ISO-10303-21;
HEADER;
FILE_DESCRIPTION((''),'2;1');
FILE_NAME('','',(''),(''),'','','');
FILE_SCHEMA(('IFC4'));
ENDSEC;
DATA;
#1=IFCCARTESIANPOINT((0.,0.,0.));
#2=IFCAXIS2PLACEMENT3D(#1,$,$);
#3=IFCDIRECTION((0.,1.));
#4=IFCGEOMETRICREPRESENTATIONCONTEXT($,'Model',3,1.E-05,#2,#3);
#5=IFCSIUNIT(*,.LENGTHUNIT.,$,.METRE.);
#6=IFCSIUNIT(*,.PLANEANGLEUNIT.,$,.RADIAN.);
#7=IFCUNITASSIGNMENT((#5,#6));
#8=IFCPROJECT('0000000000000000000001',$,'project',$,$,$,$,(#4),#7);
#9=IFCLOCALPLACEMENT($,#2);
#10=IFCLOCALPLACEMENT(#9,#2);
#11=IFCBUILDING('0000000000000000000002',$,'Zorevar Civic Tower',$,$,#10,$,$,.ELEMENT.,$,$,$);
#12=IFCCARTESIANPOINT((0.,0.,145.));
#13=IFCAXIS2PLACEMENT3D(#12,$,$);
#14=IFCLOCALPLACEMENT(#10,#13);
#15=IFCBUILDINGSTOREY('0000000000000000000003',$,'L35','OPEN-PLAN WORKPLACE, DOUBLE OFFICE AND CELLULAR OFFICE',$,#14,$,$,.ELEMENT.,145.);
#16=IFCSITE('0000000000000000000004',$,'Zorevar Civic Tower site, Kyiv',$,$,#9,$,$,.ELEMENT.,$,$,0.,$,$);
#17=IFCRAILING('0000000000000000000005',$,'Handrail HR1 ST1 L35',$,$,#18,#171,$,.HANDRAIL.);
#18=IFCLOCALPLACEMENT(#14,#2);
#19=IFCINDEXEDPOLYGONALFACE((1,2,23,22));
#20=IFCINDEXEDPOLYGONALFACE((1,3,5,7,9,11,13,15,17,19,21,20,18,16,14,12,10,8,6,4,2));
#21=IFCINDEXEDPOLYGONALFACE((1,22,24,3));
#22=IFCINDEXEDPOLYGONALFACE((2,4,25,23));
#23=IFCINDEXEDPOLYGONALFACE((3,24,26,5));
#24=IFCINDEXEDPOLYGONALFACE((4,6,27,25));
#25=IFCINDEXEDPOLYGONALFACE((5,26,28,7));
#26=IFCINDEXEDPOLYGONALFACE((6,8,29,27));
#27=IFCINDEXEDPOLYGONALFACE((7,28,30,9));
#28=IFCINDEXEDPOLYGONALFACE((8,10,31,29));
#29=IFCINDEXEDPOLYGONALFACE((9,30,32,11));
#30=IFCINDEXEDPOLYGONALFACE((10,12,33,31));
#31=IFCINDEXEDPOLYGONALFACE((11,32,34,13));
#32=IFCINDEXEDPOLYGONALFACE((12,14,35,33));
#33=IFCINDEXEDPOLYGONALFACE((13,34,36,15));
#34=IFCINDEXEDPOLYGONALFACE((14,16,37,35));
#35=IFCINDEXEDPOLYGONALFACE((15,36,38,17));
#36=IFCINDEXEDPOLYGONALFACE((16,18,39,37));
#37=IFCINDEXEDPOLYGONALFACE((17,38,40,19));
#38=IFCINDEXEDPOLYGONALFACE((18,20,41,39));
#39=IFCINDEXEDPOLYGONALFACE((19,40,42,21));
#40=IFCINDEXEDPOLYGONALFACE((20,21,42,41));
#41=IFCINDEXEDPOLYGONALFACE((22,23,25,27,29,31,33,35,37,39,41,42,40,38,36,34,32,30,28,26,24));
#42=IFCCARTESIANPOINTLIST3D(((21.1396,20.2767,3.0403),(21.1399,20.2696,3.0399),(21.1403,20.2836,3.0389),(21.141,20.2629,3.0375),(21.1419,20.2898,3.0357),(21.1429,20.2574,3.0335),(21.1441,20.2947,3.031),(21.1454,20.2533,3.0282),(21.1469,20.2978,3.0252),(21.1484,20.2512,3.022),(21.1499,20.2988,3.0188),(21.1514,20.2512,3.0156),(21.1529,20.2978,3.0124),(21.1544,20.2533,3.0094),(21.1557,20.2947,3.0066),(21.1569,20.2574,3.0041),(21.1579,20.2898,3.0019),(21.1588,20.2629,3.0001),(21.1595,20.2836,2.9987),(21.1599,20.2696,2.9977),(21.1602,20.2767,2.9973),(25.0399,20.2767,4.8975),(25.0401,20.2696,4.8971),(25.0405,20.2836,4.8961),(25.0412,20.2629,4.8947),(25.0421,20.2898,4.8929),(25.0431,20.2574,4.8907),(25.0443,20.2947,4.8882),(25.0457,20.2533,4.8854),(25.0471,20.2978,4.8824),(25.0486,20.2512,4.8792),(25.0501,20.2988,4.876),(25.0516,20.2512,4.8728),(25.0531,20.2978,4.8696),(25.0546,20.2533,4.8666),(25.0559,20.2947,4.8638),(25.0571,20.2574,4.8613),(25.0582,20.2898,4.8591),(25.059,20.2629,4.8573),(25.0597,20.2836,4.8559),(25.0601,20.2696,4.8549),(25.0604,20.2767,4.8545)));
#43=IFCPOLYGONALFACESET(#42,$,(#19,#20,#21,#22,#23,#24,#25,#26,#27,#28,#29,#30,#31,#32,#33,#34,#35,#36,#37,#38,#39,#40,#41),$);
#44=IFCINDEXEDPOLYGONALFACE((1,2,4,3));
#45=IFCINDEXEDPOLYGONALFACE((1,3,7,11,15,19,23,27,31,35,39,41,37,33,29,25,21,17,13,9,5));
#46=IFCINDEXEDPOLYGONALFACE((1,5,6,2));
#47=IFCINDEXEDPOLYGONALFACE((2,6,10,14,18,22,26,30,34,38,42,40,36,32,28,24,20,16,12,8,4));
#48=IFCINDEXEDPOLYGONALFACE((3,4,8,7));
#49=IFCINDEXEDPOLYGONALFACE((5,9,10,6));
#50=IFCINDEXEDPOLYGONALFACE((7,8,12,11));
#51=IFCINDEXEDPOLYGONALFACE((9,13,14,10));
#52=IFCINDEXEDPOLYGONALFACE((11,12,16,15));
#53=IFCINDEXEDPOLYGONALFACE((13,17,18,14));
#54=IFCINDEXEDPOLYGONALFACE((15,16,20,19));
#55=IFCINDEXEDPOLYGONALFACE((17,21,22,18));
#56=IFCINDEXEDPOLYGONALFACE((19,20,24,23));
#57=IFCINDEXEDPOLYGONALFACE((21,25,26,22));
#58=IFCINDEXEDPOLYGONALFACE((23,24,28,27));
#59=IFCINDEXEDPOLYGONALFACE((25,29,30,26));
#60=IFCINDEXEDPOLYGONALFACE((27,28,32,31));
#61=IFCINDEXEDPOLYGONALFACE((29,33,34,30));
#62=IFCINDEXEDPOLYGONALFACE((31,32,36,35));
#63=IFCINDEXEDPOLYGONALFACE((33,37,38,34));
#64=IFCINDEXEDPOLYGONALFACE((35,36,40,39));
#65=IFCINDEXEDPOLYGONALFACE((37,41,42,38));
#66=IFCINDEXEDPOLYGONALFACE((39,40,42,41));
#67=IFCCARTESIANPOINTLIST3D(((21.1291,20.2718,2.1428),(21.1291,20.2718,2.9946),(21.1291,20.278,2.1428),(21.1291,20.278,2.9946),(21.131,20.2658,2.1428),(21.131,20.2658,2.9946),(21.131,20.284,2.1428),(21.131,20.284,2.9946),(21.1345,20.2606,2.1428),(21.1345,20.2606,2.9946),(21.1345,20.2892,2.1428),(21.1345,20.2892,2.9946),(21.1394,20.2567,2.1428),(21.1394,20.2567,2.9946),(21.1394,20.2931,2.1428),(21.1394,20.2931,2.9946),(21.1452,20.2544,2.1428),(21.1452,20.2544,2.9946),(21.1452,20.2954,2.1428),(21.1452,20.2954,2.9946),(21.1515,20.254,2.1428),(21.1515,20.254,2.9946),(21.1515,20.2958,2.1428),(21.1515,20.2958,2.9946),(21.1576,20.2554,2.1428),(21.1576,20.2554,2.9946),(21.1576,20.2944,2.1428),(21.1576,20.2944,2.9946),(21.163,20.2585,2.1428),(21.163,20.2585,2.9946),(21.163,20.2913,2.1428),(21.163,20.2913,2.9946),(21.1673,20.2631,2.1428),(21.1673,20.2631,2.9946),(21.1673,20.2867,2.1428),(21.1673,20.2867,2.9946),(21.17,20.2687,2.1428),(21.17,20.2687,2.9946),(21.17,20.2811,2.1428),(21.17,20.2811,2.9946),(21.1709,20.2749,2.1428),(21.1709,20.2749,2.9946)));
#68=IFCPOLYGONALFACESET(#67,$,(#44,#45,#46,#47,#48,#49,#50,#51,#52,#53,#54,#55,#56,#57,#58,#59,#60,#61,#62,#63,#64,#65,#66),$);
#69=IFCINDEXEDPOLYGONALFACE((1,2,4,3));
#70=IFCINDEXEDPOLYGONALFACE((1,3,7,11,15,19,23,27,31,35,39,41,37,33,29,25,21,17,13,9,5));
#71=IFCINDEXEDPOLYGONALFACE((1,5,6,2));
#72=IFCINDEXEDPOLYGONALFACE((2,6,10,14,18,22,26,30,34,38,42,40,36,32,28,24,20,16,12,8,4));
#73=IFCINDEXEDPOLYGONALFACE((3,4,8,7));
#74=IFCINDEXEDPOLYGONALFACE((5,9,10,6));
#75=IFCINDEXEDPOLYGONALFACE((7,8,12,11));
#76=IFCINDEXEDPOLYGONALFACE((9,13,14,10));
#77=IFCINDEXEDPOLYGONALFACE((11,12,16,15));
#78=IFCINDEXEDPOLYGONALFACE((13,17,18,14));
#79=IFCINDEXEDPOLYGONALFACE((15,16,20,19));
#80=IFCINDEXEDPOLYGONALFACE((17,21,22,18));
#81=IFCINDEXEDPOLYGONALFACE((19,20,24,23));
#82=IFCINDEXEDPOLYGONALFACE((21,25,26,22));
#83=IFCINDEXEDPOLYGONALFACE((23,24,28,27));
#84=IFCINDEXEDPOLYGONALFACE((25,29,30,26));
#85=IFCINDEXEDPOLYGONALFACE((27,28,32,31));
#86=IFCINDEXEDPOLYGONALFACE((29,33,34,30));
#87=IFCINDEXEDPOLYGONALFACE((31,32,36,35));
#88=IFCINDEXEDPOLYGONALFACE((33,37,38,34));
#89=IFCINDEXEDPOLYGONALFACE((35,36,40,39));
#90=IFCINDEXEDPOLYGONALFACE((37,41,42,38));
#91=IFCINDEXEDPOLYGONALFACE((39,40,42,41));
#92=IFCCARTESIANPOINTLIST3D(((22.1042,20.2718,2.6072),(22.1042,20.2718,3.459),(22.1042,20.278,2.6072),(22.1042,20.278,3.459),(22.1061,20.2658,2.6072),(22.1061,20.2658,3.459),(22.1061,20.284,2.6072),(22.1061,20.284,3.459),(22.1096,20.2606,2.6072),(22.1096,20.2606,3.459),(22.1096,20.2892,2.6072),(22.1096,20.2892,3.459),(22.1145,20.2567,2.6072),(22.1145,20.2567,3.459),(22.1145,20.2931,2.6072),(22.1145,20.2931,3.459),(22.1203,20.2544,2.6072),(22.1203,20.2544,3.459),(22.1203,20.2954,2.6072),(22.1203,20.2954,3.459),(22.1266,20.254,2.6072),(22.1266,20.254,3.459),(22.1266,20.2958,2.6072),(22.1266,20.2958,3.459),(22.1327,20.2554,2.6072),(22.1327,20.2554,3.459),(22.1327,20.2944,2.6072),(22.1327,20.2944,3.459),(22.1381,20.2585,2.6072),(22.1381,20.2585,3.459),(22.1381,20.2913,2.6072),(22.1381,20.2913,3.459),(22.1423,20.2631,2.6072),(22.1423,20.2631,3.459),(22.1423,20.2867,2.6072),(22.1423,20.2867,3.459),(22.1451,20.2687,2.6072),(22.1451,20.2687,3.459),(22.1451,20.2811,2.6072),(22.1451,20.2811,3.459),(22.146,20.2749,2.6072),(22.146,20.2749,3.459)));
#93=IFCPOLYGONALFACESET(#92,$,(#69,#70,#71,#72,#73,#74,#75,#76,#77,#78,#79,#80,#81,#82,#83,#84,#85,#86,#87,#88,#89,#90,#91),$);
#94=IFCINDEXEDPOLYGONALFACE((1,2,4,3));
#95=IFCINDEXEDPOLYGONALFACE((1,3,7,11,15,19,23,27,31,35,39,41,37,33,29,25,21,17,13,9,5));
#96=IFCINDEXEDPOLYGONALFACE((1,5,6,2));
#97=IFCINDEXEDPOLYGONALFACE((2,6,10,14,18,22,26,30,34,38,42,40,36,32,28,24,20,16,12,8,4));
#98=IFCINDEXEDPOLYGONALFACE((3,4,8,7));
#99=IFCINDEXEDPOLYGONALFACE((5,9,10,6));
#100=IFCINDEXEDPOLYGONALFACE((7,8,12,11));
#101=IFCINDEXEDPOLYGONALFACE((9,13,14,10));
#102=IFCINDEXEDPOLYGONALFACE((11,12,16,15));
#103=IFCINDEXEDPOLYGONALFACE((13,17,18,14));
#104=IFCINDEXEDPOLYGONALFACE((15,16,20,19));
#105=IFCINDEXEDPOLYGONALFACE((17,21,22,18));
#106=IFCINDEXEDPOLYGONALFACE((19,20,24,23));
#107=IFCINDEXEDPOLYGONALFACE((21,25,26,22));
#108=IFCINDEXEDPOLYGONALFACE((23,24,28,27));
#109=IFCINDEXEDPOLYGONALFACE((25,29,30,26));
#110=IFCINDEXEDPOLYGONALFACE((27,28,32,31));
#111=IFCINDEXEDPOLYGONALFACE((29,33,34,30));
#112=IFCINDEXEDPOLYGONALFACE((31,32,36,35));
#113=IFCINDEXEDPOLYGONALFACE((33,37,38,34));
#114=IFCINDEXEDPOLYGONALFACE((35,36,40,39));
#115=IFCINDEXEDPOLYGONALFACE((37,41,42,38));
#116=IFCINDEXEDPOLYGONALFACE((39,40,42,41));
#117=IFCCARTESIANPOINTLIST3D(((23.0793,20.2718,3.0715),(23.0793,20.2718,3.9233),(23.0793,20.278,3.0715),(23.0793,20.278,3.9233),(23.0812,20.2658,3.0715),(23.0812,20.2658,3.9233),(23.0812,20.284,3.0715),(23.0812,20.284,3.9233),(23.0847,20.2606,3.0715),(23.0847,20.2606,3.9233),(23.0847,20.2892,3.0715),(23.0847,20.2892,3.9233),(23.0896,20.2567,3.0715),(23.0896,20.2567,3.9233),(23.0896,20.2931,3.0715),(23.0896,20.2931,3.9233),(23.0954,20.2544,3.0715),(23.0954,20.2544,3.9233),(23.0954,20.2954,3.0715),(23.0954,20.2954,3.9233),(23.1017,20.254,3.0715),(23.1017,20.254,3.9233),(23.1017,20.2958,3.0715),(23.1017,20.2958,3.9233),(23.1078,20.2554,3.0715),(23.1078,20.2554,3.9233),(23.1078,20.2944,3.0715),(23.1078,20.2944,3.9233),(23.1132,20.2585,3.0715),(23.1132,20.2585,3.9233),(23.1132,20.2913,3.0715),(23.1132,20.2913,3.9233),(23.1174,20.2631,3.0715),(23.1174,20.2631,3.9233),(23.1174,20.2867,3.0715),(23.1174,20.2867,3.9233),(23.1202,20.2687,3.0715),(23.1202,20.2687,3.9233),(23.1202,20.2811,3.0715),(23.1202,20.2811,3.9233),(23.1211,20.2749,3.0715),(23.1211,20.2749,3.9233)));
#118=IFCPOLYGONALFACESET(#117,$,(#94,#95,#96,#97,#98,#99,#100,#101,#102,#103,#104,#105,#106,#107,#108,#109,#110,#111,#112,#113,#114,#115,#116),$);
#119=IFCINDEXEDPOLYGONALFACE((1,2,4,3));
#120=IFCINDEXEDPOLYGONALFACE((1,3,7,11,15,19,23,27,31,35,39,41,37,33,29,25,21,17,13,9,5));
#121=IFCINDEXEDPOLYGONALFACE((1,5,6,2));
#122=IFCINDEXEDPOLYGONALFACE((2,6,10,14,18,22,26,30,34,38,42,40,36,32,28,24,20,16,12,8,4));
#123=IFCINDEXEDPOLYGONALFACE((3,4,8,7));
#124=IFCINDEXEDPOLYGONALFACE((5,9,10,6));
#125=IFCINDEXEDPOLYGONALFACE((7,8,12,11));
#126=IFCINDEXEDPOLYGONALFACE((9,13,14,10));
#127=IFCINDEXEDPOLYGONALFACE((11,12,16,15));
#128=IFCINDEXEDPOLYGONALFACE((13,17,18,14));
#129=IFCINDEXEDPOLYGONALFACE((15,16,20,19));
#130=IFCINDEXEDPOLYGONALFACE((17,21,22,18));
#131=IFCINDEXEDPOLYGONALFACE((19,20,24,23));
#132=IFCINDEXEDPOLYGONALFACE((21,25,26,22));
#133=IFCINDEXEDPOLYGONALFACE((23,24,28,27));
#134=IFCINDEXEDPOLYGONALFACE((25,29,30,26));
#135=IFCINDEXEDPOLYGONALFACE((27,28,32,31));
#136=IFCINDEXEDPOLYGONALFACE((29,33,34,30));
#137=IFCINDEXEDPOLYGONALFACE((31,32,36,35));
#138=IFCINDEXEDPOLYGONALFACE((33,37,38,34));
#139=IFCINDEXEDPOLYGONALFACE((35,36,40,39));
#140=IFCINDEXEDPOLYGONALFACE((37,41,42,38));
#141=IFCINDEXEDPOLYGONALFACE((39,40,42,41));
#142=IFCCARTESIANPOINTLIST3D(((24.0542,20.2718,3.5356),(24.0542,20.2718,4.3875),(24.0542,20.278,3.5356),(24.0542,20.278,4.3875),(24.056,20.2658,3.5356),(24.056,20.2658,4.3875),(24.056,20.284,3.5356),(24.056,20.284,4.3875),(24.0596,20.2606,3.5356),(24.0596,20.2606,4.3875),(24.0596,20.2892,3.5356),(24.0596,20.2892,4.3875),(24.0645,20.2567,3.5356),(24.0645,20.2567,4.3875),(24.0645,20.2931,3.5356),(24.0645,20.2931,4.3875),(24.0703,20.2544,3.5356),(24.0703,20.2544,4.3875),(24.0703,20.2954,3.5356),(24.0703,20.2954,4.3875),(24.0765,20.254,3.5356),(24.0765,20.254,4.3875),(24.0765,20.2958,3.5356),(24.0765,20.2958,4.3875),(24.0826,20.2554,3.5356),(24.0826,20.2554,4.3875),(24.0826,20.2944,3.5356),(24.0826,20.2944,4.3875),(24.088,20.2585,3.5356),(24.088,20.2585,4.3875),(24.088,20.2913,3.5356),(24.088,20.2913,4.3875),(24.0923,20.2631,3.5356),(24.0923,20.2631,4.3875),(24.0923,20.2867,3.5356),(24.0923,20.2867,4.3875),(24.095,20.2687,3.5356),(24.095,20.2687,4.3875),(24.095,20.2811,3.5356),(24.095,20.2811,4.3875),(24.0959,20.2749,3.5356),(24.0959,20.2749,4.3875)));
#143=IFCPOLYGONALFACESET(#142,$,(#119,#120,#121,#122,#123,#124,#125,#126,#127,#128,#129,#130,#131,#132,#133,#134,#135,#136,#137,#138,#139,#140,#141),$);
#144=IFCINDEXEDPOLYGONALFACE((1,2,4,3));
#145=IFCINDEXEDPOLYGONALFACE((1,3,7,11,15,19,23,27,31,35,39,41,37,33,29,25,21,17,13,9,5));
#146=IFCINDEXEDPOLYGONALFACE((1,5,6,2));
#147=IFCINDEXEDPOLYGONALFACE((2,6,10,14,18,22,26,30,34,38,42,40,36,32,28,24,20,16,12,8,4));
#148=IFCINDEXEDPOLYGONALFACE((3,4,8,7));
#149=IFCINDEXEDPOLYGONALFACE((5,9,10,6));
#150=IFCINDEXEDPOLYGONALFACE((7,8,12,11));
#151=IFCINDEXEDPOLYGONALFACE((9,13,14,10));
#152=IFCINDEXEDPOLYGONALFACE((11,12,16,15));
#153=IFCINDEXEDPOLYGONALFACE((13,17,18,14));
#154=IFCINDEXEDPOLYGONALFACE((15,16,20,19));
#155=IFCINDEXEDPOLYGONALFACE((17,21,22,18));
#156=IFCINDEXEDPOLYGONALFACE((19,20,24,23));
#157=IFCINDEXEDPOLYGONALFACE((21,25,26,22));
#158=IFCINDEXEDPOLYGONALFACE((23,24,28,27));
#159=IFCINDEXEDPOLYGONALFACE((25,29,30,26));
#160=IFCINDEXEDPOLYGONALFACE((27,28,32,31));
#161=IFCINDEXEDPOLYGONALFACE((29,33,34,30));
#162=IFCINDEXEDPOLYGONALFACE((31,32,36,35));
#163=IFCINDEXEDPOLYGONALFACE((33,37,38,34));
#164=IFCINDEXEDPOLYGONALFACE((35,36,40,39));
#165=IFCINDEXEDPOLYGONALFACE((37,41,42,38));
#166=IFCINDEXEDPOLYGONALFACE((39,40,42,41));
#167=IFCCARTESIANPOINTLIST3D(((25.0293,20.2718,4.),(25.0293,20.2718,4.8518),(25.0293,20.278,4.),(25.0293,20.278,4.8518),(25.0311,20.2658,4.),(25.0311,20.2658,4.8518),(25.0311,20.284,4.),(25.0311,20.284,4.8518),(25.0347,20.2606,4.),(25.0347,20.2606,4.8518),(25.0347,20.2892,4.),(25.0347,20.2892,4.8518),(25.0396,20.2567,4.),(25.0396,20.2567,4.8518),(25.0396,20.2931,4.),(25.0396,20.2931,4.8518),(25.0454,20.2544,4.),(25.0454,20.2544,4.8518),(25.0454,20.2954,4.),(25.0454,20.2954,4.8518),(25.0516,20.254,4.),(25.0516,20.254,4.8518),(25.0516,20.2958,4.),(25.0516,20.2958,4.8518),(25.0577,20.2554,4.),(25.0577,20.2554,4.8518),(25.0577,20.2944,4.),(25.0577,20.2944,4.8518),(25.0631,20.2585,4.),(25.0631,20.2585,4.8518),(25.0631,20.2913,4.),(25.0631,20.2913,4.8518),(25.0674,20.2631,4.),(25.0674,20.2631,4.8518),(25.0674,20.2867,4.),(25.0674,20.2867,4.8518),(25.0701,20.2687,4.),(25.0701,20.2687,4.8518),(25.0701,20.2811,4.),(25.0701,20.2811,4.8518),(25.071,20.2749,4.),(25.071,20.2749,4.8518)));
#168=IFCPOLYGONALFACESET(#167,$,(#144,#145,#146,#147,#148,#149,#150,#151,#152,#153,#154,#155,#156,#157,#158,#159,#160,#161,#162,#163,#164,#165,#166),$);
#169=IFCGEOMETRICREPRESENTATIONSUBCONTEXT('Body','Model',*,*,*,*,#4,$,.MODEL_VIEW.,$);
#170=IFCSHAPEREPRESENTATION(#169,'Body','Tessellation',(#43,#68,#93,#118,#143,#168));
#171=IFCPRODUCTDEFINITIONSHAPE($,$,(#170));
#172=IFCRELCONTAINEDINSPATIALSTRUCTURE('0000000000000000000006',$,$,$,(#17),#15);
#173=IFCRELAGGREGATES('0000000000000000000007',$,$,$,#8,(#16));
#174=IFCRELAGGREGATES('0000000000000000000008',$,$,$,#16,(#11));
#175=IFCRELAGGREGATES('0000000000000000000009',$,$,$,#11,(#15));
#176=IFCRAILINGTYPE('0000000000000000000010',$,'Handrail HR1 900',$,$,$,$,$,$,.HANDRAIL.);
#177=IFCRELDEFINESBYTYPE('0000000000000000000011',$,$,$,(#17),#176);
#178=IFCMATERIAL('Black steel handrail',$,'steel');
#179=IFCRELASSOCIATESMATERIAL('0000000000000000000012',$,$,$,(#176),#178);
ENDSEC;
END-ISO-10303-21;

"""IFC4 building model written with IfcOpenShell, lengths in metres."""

from ifc_helpers import new_model, si_unit, direction, frame, origin, origin_2d, place, context, subcontext, project, spatial, circle, extrude, material, type_object, element, save


model = new_model("IFC4")

# Units and contexts
model_context = context("Model", 3, precision=1e-05, world=origin(), true_north=direction((0.0, 1.0)))
body_context = subcontext(model_context, "Body", "Model", "MODEL_VIEW")
ifc_project = project(units=[si_unit("LENGTHUNIT", "METRE"), si_unit("PLANEANGLEUNIT", "RADIAN")], contexts=[model_context])

# Site, building, storey
site_placement = place(None, origin())
site = spatial("IfcSite", under=ifc_project, at=site_placement, Name="Zorevar Civic Tower site, Kyiv", CompositionType="ELEMENT", RefElevation=0.0)
building_placement = place(site_placement, origin())
building = spatial("IfcBuilding", under=site, at=building_placement, Name="Zorevar Civic Tower", CompositionType="ELEMENT")
storey_placement = place(building_placement, frame((0.0, 0.0, 145.0)))
storey = spatial("IfcBuildingStorey", under=building, at=storey_placement, Name="L35", Description="OPEN-PLAN WORKPLACE, DOUBLE OFFICE AND CELLULAR OFFICE", CompositionType="ELEMENT", Elevation=145.0)

# Railing
ifc_material_1 = material(Name="Black steel handrail", Category="steel")
railing_type = type_object("IfcRailingType", Name="Handrail HR1 900", PredefinedType="HANDRAIL", material=ifc_material_1)
railing_placement = place(storey_placement, frame((21.1499, 20.2749, 2.1428)))
element("IfcRailing", 1, at=railing_placement, inside=storey, type_object=railing_type, Name="Handrail HR1 ST1 L35", PredefinedType="HANDRAIL", context=body_context, shape_type="SweptSolid", body=[
    extrude(circle(Radius=0.0239, at=origin_2d()), frame((0.0, 0.0, 0.876), z_axis=(0.902864, 0.0, 0.429927), x_axis=(0.0, 1.0, 0.0)), (0.0, 0.0, 1.0), 4.3198),
    extrude(circle(Radius=0.021, at=origin_2d()), origin(), (0.0, 0.0, 1.0), 0.8518),
    extrude(circle(Radius=0.021, at=origin_2d()), frame((0.9751, 0.0, 0.4644)), (0.0, 0.0, 1.0), 0.8518),
    extrude(circle(Radius=0.021, at=origin_2d()), frame((1.9502, 0.0, 0.9287)), (0.0, 0.0, 1.0), 0.8518),
    extrude(circle(Radius=0.021, at=origin_2d()), frame((2.925, 0.0, 1.3928)), (0.0, 0.0, 1.0), 0.8518),
    extrude(circle(Radius=0.021, at=origin_2d()), frame((3.9001, 0.0, 1.8572)), (0.0, 0.0, 1.0), 0.8518),
])

save(model, "model.ifc")
